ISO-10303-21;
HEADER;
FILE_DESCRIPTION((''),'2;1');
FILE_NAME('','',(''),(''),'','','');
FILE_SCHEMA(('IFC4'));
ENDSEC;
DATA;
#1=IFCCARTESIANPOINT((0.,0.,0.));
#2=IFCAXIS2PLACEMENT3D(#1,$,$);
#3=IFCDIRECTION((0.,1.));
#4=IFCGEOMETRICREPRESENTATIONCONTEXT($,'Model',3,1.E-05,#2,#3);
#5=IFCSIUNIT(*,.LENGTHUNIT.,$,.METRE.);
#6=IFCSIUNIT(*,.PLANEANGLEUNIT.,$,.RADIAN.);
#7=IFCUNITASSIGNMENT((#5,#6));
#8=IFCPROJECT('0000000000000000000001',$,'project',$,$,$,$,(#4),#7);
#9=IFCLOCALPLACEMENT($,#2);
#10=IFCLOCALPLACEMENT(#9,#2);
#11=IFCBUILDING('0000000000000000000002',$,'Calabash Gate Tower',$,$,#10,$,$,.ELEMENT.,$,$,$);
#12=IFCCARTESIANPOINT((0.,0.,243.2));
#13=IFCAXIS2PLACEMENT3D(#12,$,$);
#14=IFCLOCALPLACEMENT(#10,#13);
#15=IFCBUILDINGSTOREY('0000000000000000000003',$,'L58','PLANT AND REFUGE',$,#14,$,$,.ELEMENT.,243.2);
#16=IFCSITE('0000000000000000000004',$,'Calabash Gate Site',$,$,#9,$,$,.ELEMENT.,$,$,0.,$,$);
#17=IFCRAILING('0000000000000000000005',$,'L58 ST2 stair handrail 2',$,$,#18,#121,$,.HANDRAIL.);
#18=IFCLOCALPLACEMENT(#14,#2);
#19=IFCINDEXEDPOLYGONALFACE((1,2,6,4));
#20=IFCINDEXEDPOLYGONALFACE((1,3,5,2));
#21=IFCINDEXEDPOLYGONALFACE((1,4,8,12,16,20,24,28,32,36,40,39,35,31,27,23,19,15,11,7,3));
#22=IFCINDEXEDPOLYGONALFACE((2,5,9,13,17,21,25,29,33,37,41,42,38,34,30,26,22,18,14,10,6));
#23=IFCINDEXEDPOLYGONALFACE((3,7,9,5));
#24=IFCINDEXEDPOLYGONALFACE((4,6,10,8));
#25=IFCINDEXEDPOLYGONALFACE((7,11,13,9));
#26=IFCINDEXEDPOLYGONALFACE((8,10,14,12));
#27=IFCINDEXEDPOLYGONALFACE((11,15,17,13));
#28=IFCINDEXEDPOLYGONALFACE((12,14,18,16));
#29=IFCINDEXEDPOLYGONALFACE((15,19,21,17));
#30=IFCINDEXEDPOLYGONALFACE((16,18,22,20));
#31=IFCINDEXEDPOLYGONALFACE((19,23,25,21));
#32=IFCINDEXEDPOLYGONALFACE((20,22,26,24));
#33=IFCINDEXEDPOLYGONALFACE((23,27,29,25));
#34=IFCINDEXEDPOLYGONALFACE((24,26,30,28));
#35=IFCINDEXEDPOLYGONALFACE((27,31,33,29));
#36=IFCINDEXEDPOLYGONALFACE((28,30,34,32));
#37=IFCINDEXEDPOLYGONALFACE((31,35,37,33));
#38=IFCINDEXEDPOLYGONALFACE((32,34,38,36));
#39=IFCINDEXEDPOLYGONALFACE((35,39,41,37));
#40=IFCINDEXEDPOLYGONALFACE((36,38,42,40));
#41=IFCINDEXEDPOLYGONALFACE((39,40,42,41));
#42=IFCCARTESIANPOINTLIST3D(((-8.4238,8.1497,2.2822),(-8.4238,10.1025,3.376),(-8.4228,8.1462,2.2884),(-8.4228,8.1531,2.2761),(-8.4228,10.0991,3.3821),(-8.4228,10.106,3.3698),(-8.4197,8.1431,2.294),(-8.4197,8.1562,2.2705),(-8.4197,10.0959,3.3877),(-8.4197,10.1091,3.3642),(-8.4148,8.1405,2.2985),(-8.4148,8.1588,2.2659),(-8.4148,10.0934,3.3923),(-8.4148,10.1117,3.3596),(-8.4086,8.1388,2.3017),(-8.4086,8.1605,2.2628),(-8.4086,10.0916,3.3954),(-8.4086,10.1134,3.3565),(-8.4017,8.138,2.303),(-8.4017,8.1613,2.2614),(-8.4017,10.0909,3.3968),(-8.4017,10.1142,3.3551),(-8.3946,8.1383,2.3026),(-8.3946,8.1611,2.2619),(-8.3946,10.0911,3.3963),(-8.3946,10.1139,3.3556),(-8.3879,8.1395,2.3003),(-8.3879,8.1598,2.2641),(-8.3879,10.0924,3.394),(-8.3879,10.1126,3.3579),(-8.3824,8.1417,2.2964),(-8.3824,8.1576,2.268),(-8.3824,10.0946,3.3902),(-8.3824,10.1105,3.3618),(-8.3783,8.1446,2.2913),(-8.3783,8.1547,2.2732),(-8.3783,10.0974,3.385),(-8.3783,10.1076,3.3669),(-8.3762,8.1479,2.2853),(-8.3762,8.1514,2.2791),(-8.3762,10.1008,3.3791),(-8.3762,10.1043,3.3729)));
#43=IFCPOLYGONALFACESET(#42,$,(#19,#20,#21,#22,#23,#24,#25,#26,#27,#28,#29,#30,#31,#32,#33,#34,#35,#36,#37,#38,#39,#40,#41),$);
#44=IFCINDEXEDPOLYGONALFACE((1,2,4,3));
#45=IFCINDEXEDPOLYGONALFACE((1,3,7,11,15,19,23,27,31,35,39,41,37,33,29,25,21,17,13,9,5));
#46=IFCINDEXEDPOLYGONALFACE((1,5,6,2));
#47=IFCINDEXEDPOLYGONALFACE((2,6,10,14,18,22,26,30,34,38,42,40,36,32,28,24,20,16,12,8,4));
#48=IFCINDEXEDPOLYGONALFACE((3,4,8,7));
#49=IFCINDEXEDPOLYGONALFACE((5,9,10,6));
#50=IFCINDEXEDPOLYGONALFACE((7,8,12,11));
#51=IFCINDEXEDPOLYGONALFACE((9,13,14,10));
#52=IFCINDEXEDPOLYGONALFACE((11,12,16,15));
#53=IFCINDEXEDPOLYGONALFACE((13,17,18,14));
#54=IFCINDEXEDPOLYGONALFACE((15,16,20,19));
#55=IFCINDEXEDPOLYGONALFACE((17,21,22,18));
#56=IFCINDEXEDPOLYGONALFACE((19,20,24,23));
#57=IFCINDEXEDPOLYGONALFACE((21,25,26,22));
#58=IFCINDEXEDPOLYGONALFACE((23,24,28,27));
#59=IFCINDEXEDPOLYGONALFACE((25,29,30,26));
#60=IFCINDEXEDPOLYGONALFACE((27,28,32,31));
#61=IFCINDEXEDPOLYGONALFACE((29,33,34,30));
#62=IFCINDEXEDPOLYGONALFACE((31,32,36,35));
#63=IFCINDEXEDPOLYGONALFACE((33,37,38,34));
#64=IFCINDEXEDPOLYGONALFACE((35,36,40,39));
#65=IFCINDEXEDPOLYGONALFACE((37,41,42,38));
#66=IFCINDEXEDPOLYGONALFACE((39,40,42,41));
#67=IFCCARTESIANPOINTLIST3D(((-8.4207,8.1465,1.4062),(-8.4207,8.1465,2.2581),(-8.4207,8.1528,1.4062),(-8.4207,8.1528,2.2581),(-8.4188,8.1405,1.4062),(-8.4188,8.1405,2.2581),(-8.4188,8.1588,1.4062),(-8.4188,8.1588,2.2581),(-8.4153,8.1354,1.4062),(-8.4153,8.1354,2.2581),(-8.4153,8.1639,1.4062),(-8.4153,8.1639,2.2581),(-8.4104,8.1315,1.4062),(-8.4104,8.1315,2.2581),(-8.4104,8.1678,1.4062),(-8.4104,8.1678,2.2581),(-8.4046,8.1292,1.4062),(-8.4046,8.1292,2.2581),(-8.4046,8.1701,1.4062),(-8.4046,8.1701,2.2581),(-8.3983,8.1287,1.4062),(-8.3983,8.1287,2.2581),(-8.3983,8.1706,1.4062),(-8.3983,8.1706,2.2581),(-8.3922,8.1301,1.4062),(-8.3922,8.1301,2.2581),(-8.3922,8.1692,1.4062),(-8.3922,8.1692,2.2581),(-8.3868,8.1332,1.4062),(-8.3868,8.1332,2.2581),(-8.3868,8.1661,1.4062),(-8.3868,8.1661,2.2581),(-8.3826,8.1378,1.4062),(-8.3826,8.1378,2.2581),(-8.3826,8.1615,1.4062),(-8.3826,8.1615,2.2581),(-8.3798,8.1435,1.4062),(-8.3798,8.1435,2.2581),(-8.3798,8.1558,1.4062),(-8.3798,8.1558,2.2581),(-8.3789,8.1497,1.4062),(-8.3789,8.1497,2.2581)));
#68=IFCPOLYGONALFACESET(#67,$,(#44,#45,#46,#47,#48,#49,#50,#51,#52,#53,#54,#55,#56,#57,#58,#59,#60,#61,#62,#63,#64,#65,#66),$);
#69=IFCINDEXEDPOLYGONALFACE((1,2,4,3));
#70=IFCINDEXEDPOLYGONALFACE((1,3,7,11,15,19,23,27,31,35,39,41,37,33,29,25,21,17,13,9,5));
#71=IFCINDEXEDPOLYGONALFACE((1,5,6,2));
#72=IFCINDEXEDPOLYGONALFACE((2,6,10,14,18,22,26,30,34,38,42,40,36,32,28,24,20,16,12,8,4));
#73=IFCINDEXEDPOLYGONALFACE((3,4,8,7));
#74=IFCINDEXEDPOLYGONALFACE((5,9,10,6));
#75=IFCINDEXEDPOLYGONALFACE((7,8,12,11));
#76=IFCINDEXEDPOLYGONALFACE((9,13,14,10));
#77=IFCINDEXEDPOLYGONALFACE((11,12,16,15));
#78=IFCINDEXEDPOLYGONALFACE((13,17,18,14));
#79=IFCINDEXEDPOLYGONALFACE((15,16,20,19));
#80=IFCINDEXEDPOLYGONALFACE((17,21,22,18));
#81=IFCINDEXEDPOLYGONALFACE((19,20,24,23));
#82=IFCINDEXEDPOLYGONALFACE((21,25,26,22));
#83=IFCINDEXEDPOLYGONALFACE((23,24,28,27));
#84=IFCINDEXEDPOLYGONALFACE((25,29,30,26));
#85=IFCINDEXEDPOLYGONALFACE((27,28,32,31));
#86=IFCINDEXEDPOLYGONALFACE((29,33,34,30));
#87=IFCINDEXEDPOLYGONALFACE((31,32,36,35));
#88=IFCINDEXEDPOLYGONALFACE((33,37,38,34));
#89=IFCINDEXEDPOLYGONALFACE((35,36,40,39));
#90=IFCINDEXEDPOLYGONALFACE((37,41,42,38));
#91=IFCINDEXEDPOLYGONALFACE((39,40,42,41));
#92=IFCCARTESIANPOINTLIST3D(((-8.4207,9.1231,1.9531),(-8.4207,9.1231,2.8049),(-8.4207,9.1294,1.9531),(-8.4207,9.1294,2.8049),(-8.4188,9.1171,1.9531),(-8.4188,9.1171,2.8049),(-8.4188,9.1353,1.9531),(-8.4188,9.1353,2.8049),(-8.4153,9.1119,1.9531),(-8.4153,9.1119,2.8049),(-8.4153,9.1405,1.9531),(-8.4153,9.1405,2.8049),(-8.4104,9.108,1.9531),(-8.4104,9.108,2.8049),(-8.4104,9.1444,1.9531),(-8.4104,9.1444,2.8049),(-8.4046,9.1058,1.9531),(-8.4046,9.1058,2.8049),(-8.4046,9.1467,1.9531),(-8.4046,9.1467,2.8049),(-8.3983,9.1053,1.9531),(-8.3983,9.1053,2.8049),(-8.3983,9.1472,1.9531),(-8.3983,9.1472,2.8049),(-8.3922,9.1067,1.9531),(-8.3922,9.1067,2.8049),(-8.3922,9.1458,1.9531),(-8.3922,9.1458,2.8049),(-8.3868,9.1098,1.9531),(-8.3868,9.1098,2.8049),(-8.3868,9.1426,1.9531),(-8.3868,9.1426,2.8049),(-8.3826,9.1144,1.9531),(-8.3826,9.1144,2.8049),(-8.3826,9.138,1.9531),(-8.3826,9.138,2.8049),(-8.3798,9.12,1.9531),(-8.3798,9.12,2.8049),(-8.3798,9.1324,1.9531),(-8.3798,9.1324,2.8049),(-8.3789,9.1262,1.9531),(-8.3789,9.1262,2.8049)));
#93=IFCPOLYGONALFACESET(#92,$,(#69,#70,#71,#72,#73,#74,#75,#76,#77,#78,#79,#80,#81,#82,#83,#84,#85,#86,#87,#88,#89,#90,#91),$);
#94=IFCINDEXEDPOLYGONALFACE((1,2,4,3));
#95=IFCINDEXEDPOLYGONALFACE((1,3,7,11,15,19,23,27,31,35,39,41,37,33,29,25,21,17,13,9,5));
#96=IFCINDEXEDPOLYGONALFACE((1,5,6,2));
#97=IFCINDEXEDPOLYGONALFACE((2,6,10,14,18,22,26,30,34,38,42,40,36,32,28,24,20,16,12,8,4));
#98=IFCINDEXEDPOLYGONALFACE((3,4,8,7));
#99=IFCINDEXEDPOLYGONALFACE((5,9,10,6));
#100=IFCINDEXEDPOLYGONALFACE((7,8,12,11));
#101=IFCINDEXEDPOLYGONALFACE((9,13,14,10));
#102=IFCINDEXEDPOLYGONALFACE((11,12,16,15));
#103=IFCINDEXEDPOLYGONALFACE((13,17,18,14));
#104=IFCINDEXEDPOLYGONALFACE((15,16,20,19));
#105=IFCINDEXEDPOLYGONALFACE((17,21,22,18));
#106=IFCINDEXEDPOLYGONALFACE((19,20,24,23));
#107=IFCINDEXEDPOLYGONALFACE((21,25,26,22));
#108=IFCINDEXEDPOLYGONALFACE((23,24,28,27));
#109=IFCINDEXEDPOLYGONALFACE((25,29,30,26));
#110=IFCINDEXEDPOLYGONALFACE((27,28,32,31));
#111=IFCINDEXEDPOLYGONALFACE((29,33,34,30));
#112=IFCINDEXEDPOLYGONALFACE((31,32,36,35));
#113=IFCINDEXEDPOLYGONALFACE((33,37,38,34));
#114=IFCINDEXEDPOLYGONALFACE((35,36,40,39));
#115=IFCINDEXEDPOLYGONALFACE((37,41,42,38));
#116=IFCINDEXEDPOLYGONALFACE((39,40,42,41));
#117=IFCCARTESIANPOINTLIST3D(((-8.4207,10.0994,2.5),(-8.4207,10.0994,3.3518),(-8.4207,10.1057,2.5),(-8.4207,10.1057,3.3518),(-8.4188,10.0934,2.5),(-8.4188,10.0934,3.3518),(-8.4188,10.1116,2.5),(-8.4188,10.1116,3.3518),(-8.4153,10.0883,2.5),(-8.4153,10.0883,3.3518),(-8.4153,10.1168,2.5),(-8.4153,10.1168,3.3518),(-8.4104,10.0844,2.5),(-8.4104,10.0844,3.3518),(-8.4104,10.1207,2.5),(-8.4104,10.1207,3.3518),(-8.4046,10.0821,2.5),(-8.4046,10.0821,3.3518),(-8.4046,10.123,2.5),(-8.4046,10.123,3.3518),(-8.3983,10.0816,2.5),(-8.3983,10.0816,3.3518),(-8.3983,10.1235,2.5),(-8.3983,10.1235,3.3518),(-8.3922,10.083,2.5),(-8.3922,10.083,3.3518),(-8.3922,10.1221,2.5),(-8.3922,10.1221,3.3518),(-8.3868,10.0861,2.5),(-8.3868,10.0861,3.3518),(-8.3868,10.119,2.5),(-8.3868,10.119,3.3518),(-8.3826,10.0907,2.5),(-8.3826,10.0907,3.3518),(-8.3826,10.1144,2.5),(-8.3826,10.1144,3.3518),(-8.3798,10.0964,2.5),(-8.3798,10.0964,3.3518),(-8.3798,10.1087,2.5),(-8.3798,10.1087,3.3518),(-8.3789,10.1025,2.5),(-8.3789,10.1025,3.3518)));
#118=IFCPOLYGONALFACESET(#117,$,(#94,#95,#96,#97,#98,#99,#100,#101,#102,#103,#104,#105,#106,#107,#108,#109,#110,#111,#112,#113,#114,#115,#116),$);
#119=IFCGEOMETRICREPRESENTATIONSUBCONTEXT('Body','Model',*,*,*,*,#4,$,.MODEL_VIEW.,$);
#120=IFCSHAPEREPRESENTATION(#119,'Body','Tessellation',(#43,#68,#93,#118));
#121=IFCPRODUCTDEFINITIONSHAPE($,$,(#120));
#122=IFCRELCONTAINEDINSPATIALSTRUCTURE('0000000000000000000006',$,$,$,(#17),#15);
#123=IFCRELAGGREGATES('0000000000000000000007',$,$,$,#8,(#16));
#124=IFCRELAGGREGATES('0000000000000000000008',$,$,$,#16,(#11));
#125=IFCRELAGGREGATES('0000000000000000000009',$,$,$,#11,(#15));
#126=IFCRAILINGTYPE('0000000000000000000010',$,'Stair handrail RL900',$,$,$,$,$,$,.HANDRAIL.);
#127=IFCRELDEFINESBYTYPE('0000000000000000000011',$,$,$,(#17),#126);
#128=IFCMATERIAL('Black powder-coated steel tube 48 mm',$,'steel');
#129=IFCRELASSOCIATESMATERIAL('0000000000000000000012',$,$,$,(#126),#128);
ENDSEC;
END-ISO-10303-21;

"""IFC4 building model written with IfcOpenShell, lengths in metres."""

from ifc_helpers import new_model, si_unit, direction, frame, origin, origin_2d, place, context, subcontext, project, spatial, circle, extrude, material, type_object, element, save


model = new_model("IFC4")

# Units and contexts
model_context = context("Model", 3, precision=1e-05, world=origin(), true_north=direction((0.0, 1.0)))
body_context = subcontext(model_context, "Body", "Model", "MODEL_VIEW")
ifc_project = project(units=[si_unit("LENGTHUNIT", "METRE"), si_unit("PLANEANGLEUNIT", "RADIAN")], contexts=[model_context])

# Site, building, storey
site_placement = place(None, origin())
site = spatial("IfcSite", under=ifc_project, at=site_placement, Name="Calabash Gate Site", CompositionType="ELEMENT", RefElevation=0.0)
building_placement = place(site_placement, origin())
building = spatial("IfcBuilding", under=site, at=building_placement, Name="Calabash Gate Tower", CompositionType="ELEMENT")
storey_placement = place(building_placement, frame((0.0, 0.0, 243.2)))
storey = spatial("IfcBuildingStorey", under=building, at=storey_placement, Name="L58", Description="PLANT AND REFUGE", CompositionType="ELEMENT", Elevation=243.2)

# Railing
ifc_material_1 = material(Name="Black powder-coated steel tube 48 mm", Category="steel")
railing_type_1 = type_object("IfcRailingType", Name="Stair handrail RL900", PredefinedType="HANDRAIL", material=ifc_material_1)
railing_1_placement = place(storey_placement, frame((-8.3999, 8.1497, 1.4062)))
element("IfcRailing", 1, at=railing_1_placement, inside=storey, type_object=railing_type_1, Name="L58 ST2 stair handrail 2", PredefinedType="HANDRAIL", context=body_context, shape_type="SweptSolid", body=[
    extrude(circle(Radius=0.0239, at=origin_2d()), frame((0.0, 0.0, 0.876), z_axis=(0.0, 0.87248, 0.48865), x_axis=(-1.0, 0.0, 0.0)), (0.0, 0.0, 1.0), 2.2383),
    extrude(circle(Radius=0.021, at=origin_2d()), origin(), (0.0, 0.0, 1.0), 0.8518),
    extrude(circle(Radius=0.021, at=origin_2d()), frame((0.0, 0.9766, 0.5469)), (0.0, 0.0, 1.0), 0.8518),
    extrude(circle(Radius=0.021, at=origin_2d()), frame((0.0, 1.9529, 1.0938)), (0.0, 0.0, 1.0), 0.8518),
])

save(model, "model.ifc")
